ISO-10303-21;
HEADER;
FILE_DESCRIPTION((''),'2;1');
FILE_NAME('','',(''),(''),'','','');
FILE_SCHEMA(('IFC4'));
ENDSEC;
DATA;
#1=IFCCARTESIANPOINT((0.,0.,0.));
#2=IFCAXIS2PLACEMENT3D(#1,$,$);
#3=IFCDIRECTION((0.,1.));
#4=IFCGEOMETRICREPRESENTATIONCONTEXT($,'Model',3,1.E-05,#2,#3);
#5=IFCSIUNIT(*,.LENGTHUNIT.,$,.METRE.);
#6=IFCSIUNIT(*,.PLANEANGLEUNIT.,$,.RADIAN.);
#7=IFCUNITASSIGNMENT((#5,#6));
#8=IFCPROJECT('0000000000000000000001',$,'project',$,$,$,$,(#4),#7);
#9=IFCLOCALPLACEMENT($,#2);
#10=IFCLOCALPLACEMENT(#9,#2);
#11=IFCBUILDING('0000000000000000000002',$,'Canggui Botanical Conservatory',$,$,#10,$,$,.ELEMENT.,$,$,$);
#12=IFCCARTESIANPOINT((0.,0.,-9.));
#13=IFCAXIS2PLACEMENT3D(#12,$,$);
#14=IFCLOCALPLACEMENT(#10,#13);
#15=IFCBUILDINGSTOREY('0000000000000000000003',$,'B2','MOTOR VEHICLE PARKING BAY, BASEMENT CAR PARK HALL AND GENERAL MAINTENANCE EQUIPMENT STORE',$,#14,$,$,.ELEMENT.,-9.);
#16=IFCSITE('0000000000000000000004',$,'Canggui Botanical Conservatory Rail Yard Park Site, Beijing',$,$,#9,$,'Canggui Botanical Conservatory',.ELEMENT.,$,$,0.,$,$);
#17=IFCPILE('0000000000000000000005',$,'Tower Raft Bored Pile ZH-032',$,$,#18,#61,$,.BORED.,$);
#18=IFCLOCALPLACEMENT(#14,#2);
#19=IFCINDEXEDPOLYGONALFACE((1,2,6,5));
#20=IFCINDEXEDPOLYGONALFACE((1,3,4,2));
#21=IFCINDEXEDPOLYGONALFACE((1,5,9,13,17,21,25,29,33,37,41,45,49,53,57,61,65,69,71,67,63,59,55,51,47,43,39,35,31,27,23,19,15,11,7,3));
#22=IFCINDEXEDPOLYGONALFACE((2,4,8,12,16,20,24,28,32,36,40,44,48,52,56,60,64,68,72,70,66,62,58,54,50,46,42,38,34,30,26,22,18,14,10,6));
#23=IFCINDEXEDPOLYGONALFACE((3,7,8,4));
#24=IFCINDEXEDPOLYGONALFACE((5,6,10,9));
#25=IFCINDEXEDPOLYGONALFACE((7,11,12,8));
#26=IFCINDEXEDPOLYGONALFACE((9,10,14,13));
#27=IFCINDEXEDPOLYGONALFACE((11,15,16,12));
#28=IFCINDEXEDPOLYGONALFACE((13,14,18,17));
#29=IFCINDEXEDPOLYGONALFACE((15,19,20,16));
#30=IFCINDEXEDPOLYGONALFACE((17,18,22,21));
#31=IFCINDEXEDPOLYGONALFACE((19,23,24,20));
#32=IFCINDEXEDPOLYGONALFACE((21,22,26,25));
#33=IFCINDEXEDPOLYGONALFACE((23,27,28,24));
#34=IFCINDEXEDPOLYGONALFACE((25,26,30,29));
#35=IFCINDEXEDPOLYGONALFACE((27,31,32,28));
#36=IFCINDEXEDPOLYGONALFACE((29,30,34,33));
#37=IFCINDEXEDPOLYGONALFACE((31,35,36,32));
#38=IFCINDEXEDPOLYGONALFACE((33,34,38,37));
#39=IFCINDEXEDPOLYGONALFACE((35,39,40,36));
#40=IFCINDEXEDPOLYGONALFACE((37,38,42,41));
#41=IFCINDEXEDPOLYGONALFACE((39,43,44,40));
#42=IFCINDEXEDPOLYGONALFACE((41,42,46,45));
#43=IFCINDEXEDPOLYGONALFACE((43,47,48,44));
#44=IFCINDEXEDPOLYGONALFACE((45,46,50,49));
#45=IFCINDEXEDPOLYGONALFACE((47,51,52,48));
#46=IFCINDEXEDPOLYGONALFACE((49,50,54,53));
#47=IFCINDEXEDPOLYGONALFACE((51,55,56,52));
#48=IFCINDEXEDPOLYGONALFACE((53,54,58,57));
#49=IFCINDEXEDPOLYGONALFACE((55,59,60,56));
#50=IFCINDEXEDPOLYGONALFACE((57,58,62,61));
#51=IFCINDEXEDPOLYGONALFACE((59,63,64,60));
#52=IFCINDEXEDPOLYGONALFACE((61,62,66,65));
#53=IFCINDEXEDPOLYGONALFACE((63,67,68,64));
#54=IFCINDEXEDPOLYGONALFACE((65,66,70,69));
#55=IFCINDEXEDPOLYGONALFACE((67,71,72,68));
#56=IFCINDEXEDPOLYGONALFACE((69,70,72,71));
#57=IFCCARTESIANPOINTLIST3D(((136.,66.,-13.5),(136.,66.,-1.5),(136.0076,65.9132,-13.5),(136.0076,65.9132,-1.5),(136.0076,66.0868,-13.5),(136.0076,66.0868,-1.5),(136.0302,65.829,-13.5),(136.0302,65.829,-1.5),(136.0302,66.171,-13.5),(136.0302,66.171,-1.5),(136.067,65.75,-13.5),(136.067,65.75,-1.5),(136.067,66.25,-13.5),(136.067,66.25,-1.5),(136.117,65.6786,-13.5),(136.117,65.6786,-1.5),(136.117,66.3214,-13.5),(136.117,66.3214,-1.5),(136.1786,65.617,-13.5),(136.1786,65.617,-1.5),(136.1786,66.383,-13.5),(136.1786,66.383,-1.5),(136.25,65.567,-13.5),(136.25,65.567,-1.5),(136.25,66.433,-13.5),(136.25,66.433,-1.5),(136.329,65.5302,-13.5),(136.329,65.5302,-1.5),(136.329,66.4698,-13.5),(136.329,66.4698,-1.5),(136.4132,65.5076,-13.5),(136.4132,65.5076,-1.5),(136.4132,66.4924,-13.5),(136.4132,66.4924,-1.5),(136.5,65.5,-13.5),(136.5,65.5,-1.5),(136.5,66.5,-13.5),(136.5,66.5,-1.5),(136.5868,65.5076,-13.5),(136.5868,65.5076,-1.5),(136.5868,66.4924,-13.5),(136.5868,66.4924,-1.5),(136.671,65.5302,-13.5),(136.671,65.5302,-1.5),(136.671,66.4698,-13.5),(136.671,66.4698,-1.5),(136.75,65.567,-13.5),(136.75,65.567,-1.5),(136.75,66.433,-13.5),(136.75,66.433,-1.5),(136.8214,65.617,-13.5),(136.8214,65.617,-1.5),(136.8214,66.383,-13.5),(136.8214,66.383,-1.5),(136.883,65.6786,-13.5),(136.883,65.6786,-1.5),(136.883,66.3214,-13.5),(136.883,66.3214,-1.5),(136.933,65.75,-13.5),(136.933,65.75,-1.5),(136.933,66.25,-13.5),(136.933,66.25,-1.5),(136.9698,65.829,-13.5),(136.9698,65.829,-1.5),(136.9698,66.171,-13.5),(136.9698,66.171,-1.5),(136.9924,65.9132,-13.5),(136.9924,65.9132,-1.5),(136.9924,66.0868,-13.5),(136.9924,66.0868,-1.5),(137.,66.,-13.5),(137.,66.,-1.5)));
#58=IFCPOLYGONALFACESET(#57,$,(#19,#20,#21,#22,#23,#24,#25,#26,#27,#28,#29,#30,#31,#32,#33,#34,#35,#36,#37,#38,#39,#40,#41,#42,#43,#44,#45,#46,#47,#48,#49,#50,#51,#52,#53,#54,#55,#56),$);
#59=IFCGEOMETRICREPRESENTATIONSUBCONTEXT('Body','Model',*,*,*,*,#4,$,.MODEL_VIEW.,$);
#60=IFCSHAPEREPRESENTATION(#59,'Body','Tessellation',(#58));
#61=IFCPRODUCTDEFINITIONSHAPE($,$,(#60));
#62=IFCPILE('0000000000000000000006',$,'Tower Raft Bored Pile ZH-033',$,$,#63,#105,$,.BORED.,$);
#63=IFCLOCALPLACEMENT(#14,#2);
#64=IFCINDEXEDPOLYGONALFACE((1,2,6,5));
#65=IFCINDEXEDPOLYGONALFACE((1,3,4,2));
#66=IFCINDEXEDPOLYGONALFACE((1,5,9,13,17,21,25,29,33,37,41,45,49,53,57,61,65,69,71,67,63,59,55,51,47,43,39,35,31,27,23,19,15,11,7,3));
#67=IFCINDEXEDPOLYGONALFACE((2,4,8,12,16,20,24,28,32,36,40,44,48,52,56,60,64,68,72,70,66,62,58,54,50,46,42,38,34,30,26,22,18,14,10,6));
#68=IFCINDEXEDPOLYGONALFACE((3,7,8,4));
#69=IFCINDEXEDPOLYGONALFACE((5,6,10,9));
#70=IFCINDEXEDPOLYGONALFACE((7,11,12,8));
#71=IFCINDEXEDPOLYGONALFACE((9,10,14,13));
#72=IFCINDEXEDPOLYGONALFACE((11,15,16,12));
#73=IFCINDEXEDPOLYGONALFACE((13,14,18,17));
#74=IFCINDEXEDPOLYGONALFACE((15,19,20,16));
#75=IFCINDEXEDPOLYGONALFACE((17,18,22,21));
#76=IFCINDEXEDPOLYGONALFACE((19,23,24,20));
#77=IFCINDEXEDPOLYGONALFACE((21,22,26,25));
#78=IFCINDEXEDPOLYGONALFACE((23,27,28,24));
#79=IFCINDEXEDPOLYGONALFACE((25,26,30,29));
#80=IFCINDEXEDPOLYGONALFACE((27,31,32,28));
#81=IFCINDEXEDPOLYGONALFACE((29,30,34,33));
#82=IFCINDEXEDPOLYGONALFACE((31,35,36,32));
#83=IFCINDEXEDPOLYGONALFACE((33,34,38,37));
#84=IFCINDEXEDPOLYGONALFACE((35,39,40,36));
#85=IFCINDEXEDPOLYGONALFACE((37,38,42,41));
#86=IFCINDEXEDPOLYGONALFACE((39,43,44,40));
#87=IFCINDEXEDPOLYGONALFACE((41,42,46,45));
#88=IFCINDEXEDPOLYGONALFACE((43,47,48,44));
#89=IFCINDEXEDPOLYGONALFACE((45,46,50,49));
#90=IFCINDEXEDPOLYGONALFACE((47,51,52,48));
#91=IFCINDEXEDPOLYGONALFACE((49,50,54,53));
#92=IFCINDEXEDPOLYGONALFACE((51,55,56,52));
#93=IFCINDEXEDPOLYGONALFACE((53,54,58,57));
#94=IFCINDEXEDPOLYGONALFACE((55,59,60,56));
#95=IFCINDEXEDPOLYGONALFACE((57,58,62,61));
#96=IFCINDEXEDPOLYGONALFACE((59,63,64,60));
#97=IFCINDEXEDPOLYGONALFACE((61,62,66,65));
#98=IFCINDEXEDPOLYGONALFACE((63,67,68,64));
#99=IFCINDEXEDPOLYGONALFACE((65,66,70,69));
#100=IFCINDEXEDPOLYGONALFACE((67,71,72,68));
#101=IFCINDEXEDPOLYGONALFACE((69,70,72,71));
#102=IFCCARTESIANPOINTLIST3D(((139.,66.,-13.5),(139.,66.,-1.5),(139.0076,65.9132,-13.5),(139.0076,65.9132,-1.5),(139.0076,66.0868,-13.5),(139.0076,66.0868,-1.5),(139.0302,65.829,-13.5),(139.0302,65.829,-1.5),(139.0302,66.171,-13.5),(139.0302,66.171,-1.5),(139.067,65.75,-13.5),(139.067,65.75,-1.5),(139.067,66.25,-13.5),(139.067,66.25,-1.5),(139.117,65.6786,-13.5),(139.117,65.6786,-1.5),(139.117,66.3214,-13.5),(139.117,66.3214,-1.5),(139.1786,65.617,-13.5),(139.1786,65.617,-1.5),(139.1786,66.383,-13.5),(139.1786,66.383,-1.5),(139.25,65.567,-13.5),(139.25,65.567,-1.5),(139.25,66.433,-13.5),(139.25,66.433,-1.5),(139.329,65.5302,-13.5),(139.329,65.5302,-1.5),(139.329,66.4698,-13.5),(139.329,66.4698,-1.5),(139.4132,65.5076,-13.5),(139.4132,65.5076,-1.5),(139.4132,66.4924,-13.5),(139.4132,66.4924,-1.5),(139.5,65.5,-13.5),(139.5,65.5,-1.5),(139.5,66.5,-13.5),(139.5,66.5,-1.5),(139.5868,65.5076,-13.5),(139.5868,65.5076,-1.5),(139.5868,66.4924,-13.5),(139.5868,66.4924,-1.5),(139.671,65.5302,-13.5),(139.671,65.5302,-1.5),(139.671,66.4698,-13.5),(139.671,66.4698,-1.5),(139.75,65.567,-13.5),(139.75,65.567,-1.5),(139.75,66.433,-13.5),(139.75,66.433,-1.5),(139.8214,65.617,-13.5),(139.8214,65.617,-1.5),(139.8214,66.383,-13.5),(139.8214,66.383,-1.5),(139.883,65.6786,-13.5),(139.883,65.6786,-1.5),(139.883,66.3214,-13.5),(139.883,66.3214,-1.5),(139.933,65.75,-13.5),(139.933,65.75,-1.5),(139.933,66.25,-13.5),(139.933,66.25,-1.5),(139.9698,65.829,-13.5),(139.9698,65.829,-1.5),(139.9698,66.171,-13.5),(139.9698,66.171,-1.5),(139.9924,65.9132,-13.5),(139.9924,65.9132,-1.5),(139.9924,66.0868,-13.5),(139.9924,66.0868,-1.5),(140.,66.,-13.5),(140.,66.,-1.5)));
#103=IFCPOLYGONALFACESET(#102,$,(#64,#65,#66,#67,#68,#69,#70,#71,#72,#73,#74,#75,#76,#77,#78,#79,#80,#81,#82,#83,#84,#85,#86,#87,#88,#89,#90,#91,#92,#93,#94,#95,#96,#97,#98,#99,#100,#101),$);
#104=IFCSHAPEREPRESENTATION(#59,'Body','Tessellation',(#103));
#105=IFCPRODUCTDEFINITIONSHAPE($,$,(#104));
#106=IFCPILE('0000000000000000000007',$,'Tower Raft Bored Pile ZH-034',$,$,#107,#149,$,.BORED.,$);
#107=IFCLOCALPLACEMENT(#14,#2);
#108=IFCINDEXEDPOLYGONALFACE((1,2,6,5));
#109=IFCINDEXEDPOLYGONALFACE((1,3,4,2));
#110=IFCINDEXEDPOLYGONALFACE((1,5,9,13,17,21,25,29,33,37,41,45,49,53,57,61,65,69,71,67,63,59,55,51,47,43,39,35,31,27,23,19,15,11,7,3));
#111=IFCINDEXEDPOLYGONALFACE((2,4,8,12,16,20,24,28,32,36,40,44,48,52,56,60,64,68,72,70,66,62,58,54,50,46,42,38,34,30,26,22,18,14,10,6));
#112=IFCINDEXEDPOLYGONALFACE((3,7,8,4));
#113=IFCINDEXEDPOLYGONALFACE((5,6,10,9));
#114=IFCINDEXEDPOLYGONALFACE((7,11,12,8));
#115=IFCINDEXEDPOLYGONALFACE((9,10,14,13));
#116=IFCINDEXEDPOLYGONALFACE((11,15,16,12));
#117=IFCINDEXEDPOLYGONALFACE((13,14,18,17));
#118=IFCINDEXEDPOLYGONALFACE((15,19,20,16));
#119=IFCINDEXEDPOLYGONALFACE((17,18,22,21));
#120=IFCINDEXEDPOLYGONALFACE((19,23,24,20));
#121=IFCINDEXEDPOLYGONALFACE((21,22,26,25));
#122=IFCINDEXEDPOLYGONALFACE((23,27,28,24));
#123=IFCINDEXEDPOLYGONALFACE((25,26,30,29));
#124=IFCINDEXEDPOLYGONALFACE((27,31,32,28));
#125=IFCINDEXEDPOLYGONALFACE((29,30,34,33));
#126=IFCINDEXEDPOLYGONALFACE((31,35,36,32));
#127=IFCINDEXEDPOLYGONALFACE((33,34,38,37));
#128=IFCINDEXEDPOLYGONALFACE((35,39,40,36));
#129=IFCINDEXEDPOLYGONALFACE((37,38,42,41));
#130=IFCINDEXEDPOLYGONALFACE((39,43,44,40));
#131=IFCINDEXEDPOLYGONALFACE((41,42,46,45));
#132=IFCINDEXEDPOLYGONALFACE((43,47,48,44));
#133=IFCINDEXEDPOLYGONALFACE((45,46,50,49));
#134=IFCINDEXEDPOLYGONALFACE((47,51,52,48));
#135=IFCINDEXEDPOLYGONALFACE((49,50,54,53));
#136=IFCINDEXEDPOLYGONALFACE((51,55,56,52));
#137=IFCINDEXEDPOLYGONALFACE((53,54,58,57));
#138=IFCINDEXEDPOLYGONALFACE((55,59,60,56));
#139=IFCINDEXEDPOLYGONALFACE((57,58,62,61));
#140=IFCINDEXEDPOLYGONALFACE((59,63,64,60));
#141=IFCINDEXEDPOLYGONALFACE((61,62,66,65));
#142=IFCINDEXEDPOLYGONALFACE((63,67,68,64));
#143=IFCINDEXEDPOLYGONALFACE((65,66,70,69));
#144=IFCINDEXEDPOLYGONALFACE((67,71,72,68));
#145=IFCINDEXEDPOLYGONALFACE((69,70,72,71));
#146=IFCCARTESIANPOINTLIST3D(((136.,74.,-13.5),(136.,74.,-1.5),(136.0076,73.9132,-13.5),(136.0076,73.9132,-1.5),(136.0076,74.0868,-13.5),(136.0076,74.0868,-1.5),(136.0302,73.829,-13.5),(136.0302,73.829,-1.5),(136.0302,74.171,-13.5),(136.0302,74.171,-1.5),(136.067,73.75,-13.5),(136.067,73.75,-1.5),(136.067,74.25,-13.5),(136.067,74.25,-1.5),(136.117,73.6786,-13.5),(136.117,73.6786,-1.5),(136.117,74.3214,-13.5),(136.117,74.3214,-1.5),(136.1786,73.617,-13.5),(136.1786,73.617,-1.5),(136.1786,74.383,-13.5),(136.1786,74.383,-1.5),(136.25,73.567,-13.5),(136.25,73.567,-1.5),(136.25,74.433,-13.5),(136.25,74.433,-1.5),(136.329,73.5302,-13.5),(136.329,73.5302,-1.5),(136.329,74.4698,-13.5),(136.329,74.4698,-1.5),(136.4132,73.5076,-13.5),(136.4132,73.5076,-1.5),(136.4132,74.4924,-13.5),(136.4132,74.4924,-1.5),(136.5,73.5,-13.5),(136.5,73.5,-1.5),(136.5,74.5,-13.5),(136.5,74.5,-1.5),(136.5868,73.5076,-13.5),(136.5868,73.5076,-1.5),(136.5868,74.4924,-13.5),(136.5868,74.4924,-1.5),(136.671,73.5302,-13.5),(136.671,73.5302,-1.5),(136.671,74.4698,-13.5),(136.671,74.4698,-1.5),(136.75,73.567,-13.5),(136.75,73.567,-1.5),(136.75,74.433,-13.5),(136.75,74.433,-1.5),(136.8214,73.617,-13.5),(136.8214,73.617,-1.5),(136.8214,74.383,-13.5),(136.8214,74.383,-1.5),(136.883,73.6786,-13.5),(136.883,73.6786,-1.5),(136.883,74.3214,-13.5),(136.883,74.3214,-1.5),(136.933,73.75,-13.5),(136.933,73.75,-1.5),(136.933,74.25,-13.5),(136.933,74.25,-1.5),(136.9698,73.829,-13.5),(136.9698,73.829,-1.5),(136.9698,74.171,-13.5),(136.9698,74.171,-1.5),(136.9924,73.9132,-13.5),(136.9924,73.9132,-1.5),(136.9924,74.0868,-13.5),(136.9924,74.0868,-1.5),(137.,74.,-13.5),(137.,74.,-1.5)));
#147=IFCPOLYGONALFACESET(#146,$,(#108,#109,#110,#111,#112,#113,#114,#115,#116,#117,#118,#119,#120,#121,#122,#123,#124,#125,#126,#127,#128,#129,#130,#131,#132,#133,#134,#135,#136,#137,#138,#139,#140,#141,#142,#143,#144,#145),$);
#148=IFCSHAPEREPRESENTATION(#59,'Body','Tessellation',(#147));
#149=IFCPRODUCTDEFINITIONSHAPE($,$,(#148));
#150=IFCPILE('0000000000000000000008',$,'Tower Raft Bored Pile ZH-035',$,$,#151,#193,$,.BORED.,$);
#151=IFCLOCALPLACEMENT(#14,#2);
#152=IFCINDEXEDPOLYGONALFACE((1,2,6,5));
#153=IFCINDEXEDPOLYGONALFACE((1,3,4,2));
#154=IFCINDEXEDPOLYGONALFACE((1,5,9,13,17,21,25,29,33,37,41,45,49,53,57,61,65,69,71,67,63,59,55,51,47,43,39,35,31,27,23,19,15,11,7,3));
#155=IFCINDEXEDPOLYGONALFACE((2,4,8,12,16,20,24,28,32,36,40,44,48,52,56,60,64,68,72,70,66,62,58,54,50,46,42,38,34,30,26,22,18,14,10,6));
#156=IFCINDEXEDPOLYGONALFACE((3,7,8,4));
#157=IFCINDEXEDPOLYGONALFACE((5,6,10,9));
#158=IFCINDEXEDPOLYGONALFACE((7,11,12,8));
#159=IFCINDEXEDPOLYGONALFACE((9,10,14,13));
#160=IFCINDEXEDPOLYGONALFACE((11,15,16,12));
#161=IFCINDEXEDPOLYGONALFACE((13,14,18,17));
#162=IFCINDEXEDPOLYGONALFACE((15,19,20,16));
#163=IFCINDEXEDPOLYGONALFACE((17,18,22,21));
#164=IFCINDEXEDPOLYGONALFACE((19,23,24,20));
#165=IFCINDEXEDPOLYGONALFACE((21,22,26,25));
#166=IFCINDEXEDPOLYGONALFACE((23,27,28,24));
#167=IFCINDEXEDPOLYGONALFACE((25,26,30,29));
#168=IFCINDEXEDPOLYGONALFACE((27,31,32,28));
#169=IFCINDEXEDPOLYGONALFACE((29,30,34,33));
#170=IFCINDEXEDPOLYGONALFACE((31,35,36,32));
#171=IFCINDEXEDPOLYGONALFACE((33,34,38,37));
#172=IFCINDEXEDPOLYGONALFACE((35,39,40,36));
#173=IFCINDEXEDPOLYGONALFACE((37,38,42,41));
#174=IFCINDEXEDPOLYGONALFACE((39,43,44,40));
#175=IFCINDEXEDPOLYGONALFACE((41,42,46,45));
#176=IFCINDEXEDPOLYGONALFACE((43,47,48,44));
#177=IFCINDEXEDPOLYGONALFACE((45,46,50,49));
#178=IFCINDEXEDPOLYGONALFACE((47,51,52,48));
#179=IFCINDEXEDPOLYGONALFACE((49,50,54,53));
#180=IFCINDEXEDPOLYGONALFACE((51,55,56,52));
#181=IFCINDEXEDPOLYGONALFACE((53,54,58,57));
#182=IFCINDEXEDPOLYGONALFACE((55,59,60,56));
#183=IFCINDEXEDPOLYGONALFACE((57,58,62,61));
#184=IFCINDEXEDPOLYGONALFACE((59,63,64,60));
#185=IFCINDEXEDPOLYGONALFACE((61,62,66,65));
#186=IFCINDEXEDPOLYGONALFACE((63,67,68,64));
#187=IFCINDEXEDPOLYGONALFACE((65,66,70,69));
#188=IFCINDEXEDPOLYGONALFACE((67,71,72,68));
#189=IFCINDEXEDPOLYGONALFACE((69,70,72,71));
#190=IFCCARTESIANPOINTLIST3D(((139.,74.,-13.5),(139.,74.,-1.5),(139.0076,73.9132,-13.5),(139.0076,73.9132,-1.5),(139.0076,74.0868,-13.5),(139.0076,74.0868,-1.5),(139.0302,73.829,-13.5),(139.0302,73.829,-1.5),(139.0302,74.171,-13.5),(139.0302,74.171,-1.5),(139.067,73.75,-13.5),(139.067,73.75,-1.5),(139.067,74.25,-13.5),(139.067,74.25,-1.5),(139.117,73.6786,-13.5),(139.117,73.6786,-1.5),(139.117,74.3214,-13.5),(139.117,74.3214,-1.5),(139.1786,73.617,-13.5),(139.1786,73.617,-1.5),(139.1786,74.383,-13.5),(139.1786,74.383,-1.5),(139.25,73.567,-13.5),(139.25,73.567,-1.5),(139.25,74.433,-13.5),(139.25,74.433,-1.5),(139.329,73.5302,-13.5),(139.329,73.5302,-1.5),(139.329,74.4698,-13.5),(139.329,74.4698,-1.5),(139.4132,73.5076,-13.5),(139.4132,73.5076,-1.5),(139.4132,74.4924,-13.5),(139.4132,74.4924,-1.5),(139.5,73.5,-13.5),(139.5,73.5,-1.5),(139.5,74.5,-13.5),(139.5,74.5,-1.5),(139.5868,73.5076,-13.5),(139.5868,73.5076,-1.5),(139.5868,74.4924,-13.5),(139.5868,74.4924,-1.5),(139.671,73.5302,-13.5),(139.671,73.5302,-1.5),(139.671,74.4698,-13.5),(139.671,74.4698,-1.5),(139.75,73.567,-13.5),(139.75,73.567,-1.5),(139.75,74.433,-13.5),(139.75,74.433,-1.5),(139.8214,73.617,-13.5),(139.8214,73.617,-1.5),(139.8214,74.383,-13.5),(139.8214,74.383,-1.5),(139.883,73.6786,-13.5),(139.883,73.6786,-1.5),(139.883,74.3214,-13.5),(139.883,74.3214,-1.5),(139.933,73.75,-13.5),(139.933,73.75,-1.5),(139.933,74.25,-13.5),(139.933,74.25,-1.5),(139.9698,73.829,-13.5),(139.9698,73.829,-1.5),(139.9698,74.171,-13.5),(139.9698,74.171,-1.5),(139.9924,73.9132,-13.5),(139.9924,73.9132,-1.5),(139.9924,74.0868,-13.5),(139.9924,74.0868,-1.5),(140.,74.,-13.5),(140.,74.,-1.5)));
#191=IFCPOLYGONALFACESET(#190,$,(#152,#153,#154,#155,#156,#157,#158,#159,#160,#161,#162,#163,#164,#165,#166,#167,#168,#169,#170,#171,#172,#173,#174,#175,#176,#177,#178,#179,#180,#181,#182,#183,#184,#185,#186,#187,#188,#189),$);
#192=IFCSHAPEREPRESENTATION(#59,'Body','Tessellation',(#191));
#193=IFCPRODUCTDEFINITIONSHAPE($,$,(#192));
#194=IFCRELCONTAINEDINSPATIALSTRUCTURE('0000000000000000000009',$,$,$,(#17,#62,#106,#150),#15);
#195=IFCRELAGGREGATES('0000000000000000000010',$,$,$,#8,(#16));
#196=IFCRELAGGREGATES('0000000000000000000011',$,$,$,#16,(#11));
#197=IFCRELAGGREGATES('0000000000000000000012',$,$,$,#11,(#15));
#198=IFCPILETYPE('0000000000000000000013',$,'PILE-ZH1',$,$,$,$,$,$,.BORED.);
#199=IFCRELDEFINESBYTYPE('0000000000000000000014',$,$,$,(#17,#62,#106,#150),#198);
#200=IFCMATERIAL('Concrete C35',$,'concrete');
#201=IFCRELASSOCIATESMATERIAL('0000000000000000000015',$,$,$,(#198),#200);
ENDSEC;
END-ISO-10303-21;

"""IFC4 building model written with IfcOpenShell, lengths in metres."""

from ifc_helpers import new_model, si_unit, direction, frame, origin, origin_2d, place, context, subcontext, project, spatial, circle, extrude, material, material_profile, profile_set, type_object, element, save


model = new_model("IFC4")

# Units and contexts
model_context = context("Model", 3, precision=1e-05, world=origin(), true_north=direction((0.0, 1.0)))
body_context = subcontext(model_context, "Body", "Model", "MODEL_VIEW")
ifc_project = project(units=[si_unit("LENGTHUNIT", "METRE"), si_unit("PLANEANGLEUNIT", "RADIAN")], contexts=[model_context])

# Site, building, storey
site_placement = place(None, origin())
site = spatial("IfcSite", under=ifc_project, at=site_placement, Name="Canggui Botanical Conservatory Rail Yard Park Site, Beijing", LongName="Canggui Botanical Conservatory", CompositionType="ELEMENT", RefElevation=0.0)
building_placement = place(site_placement, origin())
building = spatial("IfcBuilding", under=site, at=building_placement, Name="Canggui Botanical Conservatory", CompositionType="ELEMENT")
storey_placement = place(building_placement, frame((0.0, 0.0, -9.0)))
storey = spatial("IfcBuildingStorey", under=building, at=storey_placement, Name="B2", Description="MOTOR VEHICLE PARKING BAY, BASEMENT CAR PARK HALL AND GENERAL MAINTENANCE EQUIPMENT STORE", CompositionType="ELEMENT", Elevation=-9.0)

# Piles
ifc_material_1 = material(Name="Concrete C35", Category="concrete")
ifc_material_profile_1 = material_profile(ifc_material_1, circle(Radius=0.5, at=origin_2d()), Name="PILE D1000")
ifc_profile_set_1 = profile_set([ifc_material_profile_1], Name="Concrete C35")
pile_type = type_object("IfcPileType", Name="PILE-ZH1", PredefinedType="BORED", material=ifc_profile_set_1)
for number, where, z_axis, x_axis, name in (
    (1, (136.5, 66.0, -1.5), (0.0, 0.0, -1.0), (1.0, 0.0, 0.0), "Tower Raft Bored Pile ZH-032"),
    (2, (139.5, 66.0, -1.5), (0.0, 0.0, -1.0), (1.0, 0.0, 0.0), "Tower Raft Bored Pile ZH-033"),
    (3, (136.5, 74.0, -1.5), (0.0, 0.0, -1.0), (1.0, 0.0, 0.0), "Tower Raft Bored Pile ZH-034"),
    (4, (139.5, 74.0, -1.5), (0.0, 0.0, -1.0), (1.0, 0.0, 0.0), "Tower Raft Bored Pile ZH-035"),
):
    element("IfcPile", number, at=place(storey_placement, frame(where, z_axis=z_axis, x_axis=x_axis)), inside=storey, type_object=pile_type, Name=name, PredefinedType="BORED", context=body_context, shape_type="SweptSolid", body=[
        extrude(circle(Radius=0.5, at=origin_2d()), origin(), (0.0, 0.0, 1.0), 12.0),
    ])

save(model, "model.ifc")
